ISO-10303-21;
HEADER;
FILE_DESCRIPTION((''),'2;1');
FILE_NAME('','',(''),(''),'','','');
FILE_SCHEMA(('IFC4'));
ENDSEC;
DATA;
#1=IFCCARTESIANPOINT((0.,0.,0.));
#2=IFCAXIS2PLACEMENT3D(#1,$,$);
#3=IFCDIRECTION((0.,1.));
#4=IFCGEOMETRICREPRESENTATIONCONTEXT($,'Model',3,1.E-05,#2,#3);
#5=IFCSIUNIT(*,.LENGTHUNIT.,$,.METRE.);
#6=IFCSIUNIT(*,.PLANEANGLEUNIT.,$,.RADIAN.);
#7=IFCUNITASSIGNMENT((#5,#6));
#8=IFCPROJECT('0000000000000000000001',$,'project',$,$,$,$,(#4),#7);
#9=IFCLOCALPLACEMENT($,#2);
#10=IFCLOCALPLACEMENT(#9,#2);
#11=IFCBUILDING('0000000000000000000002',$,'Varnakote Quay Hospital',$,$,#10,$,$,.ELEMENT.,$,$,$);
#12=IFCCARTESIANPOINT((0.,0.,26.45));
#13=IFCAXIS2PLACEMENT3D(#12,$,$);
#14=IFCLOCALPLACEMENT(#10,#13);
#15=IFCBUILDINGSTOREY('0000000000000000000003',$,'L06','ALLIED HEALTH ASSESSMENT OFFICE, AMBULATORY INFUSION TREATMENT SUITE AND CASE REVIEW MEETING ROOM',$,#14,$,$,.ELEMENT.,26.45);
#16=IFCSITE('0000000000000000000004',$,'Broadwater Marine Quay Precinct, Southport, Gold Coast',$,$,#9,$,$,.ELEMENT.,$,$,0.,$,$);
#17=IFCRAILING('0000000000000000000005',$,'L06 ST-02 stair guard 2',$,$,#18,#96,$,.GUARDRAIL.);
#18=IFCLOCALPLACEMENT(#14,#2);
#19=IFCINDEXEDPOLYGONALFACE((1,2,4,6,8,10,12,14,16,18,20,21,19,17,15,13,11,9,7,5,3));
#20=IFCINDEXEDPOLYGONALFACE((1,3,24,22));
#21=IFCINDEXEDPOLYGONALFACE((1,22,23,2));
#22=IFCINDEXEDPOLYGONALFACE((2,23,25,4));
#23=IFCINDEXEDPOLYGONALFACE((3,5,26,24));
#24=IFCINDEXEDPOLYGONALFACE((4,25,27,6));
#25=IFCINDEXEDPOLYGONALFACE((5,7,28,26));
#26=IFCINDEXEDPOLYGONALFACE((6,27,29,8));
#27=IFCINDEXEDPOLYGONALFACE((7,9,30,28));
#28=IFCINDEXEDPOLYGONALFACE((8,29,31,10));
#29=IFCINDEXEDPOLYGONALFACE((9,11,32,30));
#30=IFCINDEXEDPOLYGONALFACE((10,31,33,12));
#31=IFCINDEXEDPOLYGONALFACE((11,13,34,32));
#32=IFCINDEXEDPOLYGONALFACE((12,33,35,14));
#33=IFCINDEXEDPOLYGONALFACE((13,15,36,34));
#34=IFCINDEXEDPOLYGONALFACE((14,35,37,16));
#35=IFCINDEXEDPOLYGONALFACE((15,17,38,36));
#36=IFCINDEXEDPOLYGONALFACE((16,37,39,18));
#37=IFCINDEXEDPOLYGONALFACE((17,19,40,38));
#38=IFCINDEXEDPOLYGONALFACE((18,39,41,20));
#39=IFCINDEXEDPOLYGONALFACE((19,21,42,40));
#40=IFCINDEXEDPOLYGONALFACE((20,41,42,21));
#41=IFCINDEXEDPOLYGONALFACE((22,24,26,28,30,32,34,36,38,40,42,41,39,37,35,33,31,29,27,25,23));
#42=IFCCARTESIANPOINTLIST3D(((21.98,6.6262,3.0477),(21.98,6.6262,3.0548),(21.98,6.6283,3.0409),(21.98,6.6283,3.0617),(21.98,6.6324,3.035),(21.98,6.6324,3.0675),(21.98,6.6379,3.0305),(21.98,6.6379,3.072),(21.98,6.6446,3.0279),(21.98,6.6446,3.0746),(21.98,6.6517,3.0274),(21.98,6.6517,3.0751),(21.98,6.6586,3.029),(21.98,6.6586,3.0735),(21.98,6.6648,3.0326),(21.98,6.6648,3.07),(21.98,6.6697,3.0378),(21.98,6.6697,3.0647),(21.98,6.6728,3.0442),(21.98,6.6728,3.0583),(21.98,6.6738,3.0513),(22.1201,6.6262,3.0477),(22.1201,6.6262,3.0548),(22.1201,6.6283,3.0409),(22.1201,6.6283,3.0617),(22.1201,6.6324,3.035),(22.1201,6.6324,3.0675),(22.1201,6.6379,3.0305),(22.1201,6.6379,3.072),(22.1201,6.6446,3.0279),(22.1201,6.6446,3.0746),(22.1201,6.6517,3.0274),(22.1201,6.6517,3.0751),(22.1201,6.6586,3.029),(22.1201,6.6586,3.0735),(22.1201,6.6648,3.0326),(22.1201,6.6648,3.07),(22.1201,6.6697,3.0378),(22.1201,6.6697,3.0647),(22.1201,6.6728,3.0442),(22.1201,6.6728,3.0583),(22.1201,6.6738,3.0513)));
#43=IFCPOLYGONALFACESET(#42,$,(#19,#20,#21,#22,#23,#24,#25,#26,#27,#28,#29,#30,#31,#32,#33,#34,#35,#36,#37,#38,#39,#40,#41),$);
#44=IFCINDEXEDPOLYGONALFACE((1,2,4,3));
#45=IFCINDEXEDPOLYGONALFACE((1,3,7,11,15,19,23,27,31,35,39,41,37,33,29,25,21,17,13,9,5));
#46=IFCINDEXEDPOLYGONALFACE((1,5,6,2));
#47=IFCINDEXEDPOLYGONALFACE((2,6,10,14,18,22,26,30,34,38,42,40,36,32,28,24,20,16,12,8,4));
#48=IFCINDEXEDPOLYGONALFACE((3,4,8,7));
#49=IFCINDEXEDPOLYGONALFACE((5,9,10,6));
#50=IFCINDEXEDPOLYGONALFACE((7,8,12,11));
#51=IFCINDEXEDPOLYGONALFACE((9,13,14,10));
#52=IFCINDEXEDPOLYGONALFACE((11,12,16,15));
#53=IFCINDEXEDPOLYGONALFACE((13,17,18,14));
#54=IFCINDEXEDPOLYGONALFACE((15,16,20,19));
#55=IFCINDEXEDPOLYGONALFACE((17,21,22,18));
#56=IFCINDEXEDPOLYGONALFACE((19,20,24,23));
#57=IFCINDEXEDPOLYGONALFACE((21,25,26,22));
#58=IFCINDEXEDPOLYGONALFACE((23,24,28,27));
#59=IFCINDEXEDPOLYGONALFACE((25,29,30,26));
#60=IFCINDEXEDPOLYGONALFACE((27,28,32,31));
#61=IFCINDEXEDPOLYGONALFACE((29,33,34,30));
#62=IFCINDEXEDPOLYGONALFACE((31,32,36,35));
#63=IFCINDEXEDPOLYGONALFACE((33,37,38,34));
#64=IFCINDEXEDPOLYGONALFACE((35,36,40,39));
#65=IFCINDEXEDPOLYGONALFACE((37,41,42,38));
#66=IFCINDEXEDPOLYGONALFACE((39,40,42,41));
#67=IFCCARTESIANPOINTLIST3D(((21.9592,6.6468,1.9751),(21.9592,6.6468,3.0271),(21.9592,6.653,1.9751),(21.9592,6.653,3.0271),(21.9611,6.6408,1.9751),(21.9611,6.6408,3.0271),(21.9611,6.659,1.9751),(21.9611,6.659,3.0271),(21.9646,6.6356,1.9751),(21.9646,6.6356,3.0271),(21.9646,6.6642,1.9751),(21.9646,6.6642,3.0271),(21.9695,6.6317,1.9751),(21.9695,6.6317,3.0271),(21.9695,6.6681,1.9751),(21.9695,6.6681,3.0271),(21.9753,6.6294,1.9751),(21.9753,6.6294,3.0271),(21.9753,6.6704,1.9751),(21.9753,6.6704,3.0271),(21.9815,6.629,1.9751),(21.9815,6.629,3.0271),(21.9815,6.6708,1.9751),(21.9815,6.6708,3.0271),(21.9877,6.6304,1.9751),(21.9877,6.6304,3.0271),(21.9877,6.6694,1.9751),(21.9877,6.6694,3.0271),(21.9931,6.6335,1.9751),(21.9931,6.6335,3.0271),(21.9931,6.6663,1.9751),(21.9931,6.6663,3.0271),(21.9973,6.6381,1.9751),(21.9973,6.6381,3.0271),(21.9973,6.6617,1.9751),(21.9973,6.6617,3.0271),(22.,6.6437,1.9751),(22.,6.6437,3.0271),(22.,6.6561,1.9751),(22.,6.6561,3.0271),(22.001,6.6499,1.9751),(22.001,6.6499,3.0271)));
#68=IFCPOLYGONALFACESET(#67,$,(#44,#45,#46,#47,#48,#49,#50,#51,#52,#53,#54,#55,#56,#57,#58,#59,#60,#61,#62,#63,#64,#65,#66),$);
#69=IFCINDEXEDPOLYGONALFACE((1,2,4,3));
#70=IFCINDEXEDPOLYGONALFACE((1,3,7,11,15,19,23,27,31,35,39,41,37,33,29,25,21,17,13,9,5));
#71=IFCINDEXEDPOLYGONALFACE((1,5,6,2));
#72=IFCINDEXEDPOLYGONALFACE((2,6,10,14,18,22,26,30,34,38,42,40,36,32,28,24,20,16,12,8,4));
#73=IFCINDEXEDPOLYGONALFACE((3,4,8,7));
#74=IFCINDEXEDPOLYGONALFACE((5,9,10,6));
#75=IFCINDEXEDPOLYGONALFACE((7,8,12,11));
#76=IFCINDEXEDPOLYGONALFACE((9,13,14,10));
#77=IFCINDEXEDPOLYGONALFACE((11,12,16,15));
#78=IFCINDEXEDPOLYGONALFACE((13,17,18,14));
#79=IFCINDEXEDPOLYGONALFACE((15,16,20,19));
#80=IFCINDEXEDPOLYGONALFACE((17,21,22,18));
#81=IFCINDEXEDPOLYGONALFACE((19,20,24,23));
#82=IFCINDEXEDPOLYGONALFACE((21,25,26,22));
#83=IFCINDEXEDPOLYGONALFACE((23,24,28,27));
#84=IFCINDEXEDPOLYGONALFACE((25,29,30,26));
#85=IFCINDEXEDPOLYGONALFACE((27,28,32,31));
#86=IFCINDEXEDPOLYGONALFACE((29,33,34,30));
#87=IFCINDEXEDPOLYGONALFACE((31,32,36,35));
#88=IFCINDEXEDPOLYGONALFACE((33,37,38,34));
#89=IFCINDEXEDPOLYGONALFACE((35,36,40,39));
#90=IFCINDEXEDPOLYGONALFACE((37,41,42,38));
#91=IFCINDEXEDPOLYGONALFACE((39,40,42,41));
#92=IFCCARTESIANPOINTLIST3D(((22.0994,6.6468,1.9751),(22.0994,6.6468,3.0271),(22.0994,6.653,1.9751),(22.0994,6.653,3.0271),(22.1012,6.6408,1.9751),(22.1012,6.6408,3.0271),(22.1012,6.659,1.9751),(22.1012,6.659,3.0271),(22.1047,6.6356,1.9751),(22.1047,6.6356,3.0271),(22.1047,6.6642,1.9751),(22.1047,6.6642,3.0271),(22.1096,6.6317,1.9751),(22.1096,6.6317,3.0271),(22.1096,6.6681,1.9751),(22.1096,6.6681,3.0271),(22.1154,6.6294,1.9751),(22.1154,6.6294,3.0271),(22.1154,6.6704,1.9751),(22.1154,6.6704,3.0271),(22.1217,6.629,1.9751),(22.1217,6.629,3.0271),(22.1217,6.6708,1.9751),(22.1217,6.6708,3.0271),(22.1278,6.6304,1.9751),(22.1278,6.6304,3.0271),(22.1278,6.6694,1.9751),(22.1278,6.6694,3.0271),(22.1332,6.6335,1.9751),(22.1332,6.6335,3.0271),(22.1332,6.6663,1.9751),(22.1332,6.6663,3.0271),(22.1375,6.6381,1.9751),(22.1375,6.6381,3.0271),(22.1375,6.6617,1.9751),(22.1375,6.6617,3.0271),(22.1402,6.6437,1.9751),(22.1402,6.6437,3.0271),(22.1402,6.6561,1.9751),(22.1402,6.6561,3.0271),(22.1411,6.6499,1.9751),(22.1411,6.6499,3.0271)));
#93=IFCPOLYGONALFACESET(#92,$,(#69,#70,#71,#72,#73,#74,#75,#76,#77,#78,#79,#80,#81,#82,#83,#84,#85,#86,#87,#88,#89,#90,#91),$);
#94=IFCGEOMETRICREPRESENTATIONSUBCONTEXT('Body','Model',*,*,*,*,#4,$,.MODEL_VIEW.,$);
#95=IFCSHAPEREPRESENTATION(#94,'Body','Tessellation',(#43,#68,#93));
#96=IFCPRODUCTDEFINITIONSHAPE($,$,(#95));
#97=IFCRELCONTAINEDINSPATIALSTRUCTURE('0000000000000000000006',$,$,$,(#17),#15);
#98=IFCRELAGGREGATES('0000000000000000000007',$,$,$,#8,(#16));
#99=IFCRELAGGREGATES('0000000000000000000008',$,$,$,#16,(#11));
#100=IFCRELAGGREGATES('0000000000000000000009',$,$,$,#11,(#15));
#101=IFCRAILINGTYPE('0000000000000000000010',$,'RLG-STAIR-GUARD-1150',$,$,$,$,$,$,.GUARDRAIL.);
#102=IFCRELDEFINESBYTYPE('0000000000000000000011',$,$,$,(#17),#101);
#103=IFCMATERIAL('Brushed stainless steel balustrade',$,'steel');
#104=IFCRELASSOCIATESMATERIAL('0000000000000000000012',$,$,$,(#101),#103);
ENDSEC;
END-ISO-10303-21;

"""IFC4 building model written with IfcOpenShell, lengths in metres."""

from ifc_helpers import new_model, si_unit, direction, frame, origin, origin_2d, place, context, subcontext, project, spatial, circle, extrude, material, type_object, element, save


model = new_model("IFC4")

# Units and contexts
model_context = context("Model", 3, precision=1e-05, world=origin(), true_north=direction((0.0, 1.0)))
body_context = subcontext(model_context, "Body", "Model", "MODEL_VIEW")
ifc_project = project(units=[si_unit("LENGTHUNIT", "METRE"), si_unit("PLANEANGLEUNIT", "RADIAN")], contexts=[model_context])

# Site, building, storey
site_placement = place(None, origin())
site = spatial("IfcSite", under=ifc_project, at=site_placement, Name="Broadwater Marine Quay Precinct, Southport, Gold Coast", CompositionType="ELEMENT", RefElevation=0.0)
building_placement = place(site_placement, origin())
building = spatial("IfcBuilding", under=site, at=building_placement, Name="Varnakote Quay Hospital", CompositionType="ELEMENT")
storey_placement = place(building_placement, frame((0.0, 0.0, 26.45)))
storey = spatial("IfcBuildingStorey", under=building, at=storey_placement, Name="L06", Description="ALLIED HEALTH ASSESSMENT OFFICE, AMBULATORY INFUSION TREATMENT SUITE AND CASE REVIEW MEETING ROOM", CompositionType="ELEMENT", Elevation=26.45)

# Railing
ifc_material_1 = material(Name="Brushed stainless steel balustrade", Category="steel")
railing_type_1 = type_object("IfcRailingType", Name="RLG-STAIR-GUARD-1150", PredefinedType="GUARDRAIL", material=ifc_material_1)
railing_1_placement = place(storey_placement, frame((21.98, 6.6499, 1.9751)))
element("IfcRailing", 1, at=railing_1_placement, inside=storey, type_object=railing_type_1, Name="L06 ST-02 stair guard 2", PredefinedType="GUARDRAIL", context=body_context, shape_type="SweptSolid", body=[
    extrude(circle(Radius=0.0239, at=origin_2d()), frame((0.0, 0.0, 1.0762), z_axis=(1.0, 0.0, 0.0), x_axis=(0.0, 1.0, 0.0)), (0.0, 0.0, 1.0), 0.1401),
    extrude(circle(Radius=0.021, at=origin_2d()), origin(), (0.0, 0.0, 1.0), 1.052),
    extrude(circle(Radius=0.021, at=origin_2d()), frame((0.1401, 0.0, 0.0)), (0.0, 0.0, 1.0), 1.052),
])

save(model, "model.ifc")
